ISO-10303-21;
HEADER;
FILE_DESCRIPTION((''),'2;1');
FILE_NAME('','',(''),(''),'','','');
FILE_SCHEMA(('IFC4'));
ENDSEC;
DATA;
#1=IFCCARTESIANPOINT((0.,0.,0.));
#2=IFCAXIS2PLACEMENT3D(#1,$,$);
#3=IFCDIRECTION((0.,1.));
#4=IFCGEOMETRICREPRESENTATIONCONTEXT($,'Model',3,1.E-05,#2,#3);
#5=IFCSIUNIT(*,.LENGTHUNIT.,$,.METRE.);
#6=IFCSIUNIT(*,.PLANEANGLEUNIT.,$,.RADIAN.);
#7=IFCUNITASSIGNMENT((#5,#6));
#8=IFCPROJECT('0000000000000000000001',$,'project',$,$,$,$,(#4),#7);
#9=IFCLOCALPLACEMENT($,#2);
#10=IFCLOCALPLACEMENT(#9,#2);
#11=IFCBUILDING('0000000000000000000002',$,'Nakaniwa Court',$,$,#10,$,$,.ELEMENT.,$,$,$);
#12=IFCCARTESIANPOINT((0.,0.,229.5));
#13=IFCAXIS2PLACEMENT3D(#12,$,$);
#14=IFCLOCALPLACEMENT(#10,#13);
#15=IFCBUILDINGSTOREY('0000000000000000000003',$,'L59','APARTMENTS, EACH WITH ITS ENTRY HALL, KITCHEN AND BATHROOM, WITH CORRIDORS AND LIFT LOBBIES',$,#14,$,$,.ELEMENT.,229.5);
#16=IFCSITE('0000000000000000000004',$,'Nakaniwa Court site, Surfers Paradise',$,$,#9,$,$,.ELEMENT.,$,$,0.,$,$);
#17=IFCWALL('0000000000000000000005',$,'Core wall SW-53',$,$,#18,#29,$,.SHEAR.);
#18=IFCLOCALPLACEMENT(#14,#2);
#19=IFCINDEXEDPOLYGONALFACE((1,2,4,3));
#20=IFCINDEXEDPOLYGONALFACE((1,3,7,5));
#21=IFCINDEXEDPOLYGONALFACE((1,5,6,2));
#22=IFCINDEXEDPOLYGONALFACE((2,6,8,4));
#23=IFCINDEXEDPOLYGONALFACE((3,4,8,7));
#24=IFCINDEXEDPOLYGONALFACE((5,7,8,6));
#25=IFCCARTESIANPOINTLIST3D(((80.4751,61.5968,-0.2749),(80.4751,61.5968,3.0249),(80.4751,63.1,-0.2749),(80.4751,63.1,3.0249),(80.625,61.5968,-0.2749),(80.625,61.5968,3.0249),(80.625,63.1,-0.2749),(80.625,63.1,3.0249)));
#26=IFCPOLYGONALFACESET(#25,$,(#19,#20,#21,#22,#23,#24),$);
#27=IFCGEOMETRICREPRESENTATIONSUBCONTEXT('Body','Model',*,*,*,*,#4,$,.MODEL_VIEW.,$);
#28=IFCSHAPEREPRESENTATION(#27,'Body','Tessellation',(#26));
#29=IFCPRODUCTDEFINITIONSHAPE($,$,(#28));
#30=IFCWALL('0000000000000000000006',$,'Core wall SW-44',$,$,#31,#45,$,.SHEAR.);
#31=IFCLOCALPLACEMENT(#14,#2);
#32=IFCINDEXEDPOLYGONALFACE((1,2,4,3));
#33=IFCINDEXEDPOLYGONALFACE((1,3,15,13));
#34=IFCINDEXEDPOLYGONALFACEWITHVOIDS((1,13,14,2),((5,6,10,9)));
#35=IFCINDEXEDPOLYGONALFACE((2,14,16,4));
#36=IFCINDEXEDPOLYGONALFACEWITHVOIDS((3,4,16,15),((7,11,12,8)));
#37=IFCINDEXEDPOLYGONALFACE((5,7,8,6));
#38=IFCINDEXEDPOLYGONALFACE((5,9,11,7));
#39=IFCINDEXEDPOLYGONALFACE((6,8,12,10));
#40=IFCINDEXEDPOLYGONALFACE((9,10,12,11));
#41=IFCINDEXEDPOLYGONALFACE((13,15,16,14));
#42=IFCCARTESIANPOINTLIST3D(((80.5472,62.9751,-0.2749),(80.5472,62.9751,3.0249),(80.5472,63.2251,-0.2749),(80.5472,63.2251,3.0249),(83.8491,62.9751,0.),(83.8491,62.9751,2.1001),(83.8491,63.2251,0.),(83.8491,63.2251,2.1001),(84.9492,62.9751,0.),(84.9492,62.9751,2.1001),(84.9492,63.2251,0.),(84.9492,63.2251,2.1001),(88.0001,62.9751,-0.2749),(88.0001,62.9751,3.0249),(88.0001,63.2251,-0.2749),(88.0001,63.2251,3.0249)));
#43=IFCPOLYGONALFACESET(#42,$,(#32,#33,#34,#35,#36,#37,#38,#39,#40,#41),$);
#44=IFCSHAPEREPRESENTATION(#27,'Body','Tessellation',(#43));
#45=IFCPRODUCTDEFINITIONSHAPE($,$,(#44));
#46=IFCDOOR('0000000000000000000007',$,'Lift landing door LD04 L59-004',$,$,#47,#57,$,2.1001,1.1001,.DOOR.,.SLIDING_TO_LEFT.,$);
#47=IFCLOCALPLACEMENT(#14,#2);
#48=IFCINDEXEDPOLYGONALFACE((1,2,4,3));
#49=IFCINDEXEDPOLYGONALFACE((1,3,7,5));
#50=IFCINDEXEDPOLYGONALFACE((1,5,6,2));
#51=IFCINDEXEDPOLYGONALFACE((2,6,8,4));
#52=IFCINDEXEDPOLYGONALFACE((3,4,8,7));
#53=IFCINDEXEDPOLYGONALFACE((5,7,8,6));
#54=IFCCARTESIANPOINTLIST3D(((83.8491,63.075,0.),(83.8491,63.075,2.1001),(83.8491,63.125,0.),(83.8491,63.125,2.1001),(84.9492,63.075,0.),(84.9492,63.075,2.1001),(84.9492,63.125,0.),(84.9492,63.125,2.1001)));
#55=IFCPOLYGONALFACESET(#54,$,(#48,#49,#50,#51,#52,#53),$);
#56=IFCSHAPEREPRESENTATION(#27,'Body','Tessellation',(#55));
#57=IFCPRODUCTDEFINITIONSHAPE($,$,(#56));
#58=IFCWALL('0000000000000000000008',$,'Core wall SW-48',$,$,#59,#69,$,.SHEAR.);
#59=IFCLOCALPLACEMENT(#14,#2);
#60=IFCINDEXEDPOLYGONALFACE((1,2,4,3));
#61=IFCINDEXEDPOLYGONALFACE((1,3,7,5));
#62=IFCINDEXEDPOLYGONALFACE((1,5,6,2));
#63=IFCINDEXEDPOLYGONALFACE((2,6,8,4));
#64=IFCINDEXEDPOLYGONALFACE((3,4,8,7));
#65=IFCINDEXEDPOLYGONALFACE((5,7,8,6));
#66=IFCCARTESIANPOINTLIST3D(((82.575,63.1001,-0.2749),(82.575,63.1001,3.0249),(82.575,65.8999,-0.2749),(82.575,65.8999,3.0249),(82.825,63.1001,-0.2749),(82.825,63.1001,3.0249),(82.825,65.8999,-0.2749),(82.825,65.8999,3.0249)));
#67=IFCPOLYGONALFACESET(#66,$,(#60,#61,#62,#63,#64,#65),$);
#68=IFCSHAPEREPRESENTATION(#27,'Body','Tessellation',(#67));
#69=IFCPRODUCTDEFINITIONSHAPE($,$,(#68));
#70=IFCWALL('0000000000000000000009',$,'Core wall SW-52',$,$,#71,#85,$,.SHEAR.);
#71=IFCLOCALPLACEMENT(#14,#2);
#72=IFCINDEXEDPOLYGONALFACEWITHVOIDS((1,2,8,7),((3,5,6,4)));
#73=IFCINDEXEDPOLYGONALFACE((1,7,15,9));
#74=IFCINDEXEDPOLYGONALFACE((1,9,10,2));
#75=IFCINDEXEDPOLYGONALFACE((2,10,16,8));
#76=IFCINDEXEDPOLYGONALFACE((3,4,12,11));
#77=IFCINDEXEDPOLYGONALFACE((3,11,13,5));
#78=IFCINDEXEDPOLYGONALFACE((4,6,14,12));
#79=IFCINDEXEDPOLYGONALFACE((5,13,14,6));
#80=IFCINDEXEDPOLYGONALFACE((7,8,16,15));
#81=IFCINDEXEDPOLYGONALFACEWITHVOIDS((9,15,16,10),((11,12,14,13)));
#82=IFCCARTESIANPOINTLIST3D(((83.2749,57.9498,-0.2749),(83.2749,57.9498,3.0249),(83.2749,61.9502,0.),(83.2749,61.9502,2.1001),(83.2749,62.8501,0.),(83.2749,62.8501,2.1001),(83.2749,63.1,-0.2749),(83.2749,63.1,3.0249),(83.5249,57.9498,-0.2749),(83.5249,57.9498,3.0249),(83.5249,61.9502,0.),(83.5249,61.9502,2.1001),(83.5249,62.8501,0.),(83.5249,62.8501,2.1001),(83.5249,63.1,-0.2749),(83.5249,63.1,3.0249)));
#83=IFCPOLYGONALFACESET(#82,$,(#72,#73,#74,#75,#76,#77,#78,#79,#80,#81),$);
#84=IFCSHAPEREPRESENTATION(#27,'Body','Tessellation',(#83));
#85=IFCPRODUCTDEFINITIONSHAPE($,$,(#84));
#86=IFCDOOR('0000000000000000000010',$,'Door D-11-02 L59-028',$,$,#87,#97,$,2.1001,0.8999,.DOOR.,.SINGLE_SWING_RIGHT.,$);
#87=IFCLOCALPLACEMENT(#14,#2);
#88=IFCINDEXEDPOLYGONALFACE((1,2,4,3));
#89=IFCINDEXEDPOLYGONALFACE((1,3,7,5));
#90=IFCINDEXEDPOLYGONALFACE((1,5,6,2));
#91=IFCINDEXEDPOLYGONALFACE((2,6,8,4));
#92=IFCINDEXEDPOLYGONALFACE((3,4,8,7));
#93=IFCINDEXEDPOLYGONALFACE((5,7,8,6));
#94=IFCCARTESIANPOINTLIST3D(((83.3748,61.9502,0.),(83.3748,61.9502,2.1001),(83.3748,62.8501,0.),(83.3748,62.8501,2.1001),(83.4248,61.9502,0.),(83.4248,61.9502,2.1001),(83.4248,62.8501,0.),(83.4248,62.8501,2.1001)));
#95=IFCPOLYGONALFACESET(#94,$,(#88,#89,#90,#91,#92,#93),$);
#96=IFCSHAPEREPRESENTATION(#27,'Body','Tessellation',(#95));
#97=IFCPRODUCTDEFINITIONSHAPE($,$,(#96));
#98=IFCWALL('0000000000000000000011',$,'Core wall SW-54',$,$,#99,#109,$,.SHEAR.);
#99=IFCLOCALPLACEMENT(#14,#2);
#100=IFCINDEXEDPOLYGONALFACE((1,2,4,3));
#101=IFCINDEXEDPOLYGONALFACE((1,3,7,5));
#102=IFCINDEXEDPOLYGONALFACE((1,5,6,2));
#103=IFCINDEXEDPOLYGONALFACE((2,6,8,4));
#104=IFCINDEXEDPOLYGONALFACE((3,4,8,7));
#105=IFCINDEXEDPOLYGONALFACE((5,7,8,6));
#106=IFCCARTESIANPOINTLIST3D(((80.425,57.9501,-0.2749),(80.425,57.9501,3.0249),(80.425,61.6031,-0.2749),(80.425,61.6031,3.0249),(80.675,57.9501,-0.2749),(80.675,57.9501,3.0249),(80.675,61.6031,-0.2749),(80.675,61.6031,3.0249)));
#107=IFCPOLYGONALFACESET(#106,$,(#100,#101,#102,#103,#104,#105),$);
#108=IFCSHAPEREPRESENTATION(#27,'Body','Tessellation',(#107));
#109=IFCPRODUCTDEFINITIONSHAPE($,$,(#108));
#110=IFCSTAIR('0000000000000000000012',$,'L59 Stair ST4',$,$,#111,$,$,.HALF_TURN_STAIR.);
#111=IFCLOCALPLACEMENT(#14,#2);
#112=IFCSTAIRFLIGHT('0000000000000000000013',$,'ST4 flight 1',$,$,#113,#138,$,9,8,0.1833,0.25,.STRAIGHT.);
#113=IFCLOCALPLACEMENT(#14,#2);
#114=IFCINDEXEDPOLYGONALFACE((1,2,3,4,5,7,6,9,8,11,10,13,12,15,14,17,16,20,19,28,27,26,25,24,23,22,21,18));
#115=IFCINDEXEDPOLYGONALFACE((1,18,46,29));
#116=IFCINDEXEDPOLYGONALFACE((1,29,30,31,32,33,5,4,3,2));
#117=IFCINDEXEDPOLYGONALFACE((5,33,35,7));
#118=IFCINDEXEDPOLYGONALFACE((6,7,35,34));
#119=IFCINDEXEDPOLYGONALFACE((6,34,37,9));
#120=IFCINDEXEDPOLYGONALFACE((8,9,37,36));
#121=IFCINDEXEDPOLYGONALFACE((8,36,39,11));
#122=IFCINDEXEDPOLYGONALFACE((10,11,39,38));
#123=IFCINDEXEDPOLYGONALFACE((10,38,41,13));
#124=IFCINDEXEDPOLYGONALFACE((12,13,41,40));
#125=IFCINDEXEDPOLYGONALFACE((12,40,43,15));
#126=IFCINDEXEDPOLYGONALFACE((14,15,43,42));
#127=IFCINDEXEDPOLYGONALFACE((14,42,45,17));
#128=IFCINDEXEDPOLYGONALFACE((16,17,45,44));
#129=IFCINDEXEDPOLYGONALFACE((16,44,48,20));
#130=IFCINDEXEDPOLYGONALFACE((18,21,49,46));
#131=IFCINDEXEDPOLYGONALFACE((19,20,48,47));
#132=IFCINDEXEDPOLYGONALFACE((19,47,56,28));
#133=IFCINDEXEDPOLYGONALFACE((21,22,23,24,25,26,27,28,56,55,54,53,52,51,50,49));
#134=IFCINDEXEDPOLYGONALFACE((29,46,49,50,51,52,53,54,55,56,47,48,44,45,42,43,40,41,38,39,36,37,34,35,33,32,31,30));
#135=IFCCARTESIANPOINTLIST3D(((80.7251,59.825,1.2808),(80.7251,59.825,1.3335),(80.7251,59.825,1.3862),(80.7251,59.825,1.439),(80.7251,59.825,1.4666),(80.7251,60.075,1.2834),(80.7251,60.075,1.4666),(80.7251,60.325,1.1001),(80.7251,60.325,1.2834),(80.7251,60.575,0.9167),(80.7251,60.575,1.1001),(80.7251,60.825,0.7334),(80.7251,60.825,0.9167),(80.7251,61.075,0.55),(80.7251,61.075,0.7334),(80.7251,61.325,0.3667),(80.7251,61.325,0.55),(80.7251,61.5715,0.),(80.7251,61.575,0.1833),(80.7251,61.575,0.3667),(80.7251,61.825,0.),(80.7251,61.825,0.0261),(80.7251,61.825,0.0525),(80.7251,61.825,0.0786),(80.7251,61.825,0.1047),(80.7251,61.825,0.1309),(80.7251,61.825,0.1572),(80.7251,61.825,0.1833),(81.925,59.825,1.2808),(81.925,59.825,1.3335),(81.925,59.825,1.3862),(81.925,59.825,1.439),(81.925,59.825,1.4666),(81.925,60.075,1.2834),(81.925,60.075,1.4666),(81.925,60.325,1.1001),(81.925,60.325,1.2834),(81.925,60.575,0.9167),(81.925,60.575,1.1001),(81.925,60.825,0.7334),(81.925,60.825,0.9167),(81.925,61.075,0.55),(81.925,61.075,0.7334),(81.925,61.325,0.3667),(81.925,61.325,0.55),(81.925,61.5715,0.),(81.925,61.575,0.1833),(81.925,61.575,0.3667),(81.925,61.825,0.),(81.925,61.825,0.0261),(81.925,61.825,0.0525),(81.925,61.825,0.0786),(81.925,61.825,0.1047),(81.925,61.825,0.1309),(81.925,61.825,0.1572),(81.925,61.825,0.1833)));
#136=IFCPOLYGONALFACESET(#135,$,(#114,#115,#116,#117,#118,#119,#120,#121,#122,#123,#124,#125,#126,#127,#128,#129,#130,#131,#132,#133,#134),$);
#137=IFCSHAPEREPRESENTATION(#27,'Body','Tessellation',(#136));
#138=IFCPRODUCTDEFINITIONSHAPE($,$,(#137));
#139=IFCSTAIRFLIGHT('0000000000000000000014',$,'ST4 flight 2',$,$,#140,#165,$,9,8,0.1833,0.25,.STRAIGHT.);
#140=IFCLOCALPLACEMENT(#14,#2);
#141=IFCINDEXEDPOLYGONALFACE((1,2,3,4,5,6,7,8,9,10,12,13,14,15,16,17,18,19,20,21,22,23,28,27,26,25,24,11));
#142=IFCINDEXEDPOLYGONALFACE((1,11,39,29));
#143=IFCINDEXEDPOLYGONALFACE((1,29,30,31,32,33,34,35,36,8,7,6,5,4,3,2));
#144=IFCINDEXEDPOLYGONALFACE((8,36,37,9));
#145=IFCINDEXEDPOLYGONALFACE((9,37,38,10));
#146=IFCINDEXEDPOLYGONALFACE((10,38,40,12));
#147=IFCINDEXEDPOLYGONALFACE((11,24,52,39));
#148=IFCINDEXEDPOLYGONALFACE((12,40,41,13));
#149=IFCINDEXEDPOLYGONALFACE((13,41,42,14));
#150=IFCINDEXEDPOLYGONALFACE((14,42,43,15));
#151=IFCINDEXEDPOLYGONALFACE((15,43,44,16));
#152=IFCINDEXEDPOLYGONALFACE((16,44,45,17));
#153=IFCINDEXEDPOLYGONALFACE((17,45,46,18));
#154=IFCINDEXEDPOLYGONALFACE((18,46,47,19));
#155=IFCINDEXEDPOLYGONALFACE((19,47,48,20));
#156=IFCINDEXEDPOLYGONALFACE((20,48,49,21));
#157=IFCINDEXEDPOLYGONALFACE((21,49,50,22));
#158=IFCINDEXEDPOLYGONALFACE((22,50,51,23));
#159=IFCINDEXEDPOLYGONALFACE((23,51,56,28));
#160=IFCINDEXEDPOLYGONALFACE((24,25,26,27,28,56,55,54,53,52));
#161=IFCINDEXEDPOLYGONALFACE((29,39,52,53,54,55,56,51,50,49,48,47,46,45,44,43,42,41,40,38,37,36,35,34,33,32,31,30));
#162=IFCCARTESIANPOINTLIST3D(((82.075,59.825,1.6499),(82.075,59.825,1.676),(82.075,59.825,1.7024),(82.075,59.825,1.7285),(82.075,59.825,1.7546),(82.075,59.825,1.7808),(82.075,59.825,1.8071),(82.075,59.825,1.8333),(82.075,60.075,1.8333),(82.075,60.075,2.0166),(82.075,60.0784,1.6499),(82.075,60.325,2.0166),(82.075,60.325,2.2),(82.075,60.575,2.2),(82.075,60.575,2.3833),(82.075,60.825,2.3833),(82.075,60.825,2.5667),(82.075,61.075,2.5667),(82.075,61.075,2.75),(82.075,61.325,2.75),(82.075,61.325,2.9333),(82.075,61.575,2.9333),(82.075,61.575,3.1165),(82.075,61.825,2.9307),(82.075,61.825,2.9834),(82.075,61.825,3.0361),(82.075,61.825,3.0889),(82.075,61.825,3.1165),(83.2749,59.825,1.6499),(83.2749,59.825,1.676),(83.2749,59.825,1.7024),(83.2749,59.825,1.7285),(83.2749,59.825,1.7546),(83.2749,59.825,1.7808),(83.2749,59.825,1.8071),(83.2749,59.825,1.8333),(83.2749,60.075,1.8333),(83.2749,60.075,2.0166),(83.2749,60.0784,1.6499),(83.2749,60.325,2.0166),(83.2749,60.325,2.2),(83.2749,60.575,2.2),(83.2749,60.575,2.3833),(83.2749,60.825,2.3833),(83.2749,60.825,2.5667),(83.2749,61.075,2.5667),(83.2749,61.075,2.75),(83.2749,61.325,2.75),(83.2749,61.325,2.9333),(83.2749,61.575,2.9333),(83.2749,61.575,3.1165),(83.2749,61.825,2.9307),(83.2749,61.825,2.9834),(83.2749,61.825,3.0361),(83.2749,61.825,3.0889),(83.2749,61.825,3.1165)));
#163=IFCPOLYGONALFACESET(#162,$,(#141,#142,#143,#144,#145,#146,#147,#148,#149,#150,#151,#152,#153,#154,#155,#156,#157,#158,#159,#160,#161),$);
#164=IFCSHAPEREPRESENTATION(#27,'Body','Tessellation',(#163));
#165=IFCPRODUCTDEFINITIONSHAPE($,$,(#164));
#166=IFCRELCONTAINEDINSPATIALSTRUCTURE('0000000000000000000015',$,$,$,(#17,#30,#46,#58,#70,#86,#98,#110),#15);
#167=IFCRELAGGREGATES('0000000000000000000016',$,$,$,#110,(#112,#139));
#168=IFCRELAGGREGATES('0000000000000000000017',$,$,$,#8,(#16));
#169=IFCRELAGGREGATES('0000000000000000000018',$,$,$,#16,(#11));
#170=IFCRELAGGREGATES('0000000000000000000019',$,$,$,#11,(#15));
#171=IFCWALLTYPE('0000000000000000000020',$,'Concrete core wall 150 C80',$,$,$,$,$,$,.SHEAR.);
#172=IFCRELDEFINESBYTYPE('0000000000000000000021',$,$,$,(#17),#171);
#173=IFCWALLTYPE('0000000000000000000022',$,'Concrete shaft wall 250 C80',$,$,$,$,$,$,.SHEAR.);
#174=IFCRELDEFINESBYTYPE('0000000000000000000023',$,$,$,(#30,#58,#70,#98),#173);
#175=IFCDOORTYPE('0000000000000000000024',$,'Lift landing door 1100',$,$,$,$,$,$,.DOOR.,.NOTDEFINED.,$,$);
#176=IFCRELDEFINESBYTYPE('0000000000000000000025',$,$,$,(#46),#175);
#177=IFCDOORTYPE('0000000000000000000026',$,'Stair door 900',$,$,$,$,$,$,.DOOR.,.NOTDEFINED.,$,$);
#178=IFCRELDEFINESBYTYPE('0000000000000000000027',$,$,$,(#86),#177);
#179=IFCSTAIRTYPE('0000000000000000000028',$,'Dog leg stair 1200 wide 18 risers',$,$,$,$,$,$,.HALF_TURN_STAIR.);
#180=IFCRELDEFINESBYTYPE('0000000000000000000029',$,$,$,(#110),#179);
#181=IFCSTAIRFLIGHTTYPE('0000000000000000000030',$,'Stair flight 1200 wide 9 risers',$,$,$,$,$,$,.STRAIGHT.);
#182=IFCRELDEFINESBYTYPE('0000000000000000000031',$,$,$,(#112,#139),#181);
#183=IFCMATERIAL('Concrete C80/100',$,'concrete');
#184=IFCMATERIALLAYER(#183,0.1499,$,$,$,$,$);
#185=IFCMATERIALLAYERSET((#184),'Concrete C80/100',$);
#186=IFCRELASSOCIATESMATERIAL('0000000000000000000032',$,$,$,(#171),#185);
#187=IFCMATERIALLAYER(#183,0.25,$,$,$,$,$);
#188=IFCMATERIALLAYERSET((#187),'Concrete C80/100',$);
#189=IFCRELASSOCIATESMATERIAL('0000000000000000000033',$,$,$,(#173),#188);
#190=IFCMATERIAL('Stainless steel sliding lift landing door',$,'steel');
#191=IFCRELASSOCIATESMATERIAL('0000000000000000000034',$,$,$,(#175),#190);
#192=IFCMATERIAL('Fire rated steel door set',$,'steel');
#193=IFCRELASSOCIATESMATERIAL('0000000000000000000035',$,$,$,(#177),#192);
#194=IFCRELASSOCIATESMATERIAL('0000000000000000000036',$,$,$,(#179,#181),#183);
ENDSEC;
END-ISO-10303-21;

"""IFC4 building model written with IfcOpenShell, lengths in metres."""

from ifc_helpers import new_model, si_unit, direction, frame, frame_2d, origin, place, context, subcontext, project, spatial, polyline, rectangle, outline, extrude, material, layer, layer_set, type_object, element, fill, aggregate, save


model = new_model("IFC4")

# Units and contexts
model_context = context("Model", 3, precision=1e-05, world=origin(), true_north=direction((0.0, 1.0)))
body_context = subcontext(model_context, "Body", "Model", "MODEL_VIEW")
ifc_project = project(units=[si_unit("LENGTHUNIT", "METRE"), si_unit("PLANEANGLEUNIT", "RADIAN")], contexts=[model_context])

# Site, building, storey
site_placement = place(None, origin())
site = spatial("IfcSite", under=ifc_project, at=site_placement, Name="Nakaniwa Court site, Surfers Paradise", CompositionType="ELEMENT", RefElevation=0.0)
building_placement = place(site_placement, origin())
building = spatial("IfcBuilding", under=site, at=building_placement, Name="Nakaniwa Court", CompositionType="ELEMENT")
storey_placement = place(building_placement, frame((0.0, 0.0, 229.5)))
storey = spatial("IfcBuildingStorey", under=building, at=storey_placement, Name="L59", Description="APARTMENTS, EACH WITH ITS ENTRY HALL, KITCHEN AND BATHROOM, WITH CORRIDORS AND LIFT LOBBIES", CompositionType="ELEMENT", Elevation=229.5)

# Shared definitions
ifc_material_1 = material(Name="Concrete C80/100", Category="concrete")

# Shared definitions
ifc_material_2 = material(Name="Fire rated steel door set", Category="steel")

# Wall
ifc_layer_1 = layer(ifc_material_1, 0.1499)
ifc_layer_set_1 = layer_set([ifc_layer_1], Name="Concrete C80/100")
wall_type_1 = type_object("IfcWallType", Name="Concrete core wall 150 C80", PredefinedType="SHEAR", material=ifc_layer_set_1)
wall_1_placement = place(storey_placement, frame((80.55, 61.5969, -0.2749), z_axis=(0.0, 0.0, 1.0), x_axis=(0.0, 1.0, 0.0)))
element("IfcWall", 1, at=wall_1_placement, inside=storey, type_object=wall_type_1, Name="Core wall SW-53", PredefinedType="SHEAR", context=body_context, shape_type="SweptSolid", body=[
    extrude(rectangle(XDim=1.5032, YDim=0.1499, at=frame_2d((0.7515, 0.0))), origin(), (0.0, 0.0, 1.0), 3.2998),
])

# Wall, opening, door
ifc_layer_2 = layer(ifc_material_1, 0.25)
ifc_layer_set_2 = layer_set([ifc_layer_2], Name="Concrete C80/100")
wall_type_2 = type_object("IfcWallType", Name="Concrete shaft wall 250 C80", PredefinedType="SHEAR", material=ifc_layer_set_2)
wall_2_placement = place(storey_placement, frame((80.5471, 63.1001, -0.2749), z_axis=(0.0, 0.0, 1.0), x_axis=(1.0, 0.0, 0.0)))
wall_2 = element("IfcWall", 2, at=wall_2_placement, inside=storey, type_object=wall_type_2, Name="Core wall SW-44", PredefinedType="SHEAR", context=body_context, shape_type="SweptSolid", body=[
    extrude(rectangle(XDim=7.4529, YDim=0.25, at=frame_2d((3.7266, 0.0))), origin(), (0.0, 0.0, 1.0), 3.2998),
])
opening_1_placement = place(wall_2_placement, frame((3.302, 0.0, 0.2749)))
opening_1 = element("IfcOpeningElement", 3, at=opening_1_placement, cuts=wall_2, PredefinedType="OPENING", context=body_context, shape_type="SweptSolid", body=[
    extrude(rectangle(XDim=1.1001, YDim=2.1001, at=frame_2d((0.55, 1.05))), frame((0.0, 0.135, 0.0), z_axis=(0.0, -1.0, 0.0), x_axis=(1.0, 0.0, 0.0)), (0.0, 0.0, 1.0), 0.27),
])
ifc_material_3 = material(Name="Stainless steel sliding lift landing door", Category="steel")
door_type_1 = type_object("IfcDoorType", Name="Lift landing door 1100", OperationType="NOTDEFINED", PredefinedType="DOOR", material=ifc_material_3)
door_1_placement = place(opening_1_placement, origin())
door_1 = element("IfcDoor", 4, at=door_1_placement, inside=storey, type_object=door_type_1, Name="Lift landing door LD04 L59-004", OperationType="SLIDING_TO_LEFT", OverallHeight=2.1001, OverallWidth=1.1001, PredefinedType="DOOR", context=body_context, shape_type="SweptSolid", body=[
    extrude(rectangle(XDim=1.1001, YDim=2.1001, at=frame_2d((0.55, 1.05))), frame((0.0, 0.0249, 0.0), z_axis=(0.0, -1.0, 0.0), x_axis=(1.0, 0.0, 0.0)), (0.0, 0.0, 1.0), 0.05),
])
fill(opening_1, door_1)

# Wall
wall_3_placement = place(storey_placement, frame((82.7, 63.1001, -0.2749), z_axis=(0.0, 0.0, 1.0), x_axis=(0.0, 1.0, 0.0)))
element("IfcWall", 5, at=wall_3_placement, inside=storey, type_object=wall_type_2, Name="Core wall SW-48", PredefinedType="SHEAR", context=body_context, shape_type="SweptSolid", body=[
    extrude(rectangle(XDim=2.7998, YDim=0.25, at=frame_2d((1.3999, 0.0))), origin(), (0.0, 0.0, 1.0), 3.2998),
])

# Wall, opening, door
wall_4_placement = place(storey_placement, frame((83.3999, 63.1001, -0.2749), z_axis=(0.0, 0.0, 1.0), x_axis=(0.0, -1.0, 0.0)))
wall_4 = element("IfcWall", 6, at=wall_4_placement, inside=storey, type_object=wall_type_2, Name="Core wall SW-52", PredefinedType="SHEAR", context=body_context, shape_type="SweptSolid", body=[
    extrude(rectangle(XDim=5.1501, YDim=0.25, at=frame_2d((2.5752, 0.0))), origin(), (0.0, 0.0, 1.0), 3.2998),
])
opening_2_placement = place(wall_4_placement, frame((0.25, 0.0, 0.2749)))
opening_2 = element("IfcOpeningElement", 7, at=opening_2_placement, cuts=wall_4, PredefinedType="OPENING", context=body_context, shape_type="SweptSolid", body=[
    extrude(rectangle(XDim=0.8999, YDim=2.1001, at=frame_2d((0.45, 1.05))), frame((0.0, 0.135, 0.0), z_axis=(0.0, -1.0, 0.0), x_axis=(1.0, 0.0, 0.0)), (0.0, 0.0, 1.0), 0.27),
])
door_type_2 = type_object("IfcDoorType", Name="Stair door 900", OperationType="NOTDEFINED", PredefinedType="DOOR", material=ifc_material_2)
door_2_placement = place(opening_2_placement, origin())
door_2 = element("IfcDoor", 8, at=door_2_placement, inside=storey, type_object=door_type_2, Name="Door D-11-02 L59-028", OperationType="SINGLE_SWING_RIGHT", OverallHeight=2.1001, OverallWidth=0.8999, PredefinedType="DOOR", context=body_context, shape_type="SweptSolid", body=[
    extrude(rectangle(XDim=0.8999, YDim=2.1001, at=frame_2d((0.45, 1.05))), frame((0.0, 0.0249, 0.0), z_axis=(0.0, -1.0, 0.0), x_axis=(1.0, 0.0, 0.0)), (0.0, 0.0, 1.0), 0.05),
])
fill(opening_2, door_2)

# Wall
wall_5_placement = place(storey_placement, frame((80.55, 57.95, -0.2749), z_axis=(0.0, 0.0, 1.0), x_axis=(0.0, 1.0, 0.0)))
element("IfcWall", 9, at=wall_5_placement, inside=storey, type_object=wall_type_2, Name="Core wall SW-54", PredefinedType="SHEAR", context=body_context, shape_type="SweptSolid", body=[
    extrude(rectangle(XDim=3.6531, YDim=0.25, at=frame_2d((1.8267, 0.0))), origin(), (0.0, 0.0, 1.0), 3.2998),
])

# Stair, stair flights
stair_type = type_object("IfcStairType", Name="Dog leg stair 1200 wide 18 risers", PredefinedType="HALF_TURN_STAIR", material=ifc_material_1)
stair_placement = place(storey_placement, origin())
stair = element("IfcStair", 10, at=stair_placement, inside=storey, type_object=stair_type, Name="L59 Stair ST4", PredefinedType="HALF_TURN_STAIR")
stair_flight_type = type_object("IfcStairFlightType", Name="Stair flight 1200 wide 9 risers", PredefinedType="STRAIGHT", material=ifc_material_1)
stair_flight_1_placement = place(storey_placement, frame((81.325, 61.825, 0.0), z_axis=(0.0, 0.0, 1.0), x_axis=(0.0, -1.0, 0.0)))
stair_flight_1 = element("IfcStairFlight", 11, at=stair_flight_1_placement, type_object=stair_flight_type, Name="ST4 flight 1", NumberOfRisers=9, NumberOfTreads=8, PredefinedType="STRAIGHT", RiserHeight=0.1833, TreadLength=0.25, context=body_context, shape_type="SweptSolid", body=[
    extrude(outline(polyline([(0.0, 0.0), (0.0, 0.0261), (0.0, 0.0525), (0.0, 0.0786), (0.0, 0.1047), (0.0, 0.1309), (0.0, 0.1572), (0.0, 0.1833), (0.25, 0.1833), (0.25, 0.3667), (0.5, 0.3667), (0.5, 0.55), (0.75, 0.55), (0.75, 0.7334), (1.0, 0.7334), (1.0, 0.9167), (1.25, 0.9167), (1.25, 1.1001), (1.5, 1.1001), (1.5, 1.2834), (1.75, 1.2834), (1.75, 1.4666), (2.0, 1.4666), (2.0, 1.6499), (2.0, 1.5972), (2.0, 1.5444), (2.0, 1.4917), (2.0, 1.439), (2.0, 1.3862), (2.0, 1.3335), (2.0, 1.2808), (0.2534, 0.0), (0.0, 0.0)])), frame((0.0, 0.6001, 0.0), z_axis=(0.0, -1.0, 0.0), x_axis=(1.0, 0.0, 0.0)), (0.0, 0.0, 1.0), 1.2),
])
stair_flight_2_placement = place(storey_placement, frame((82.675, 59.825, 1.6499), z_axis=(0.0, 0.0, 1.0), x_axis=(0.0, 1.0, 0.0)))
stair_flight_2 = element("IfcStairFlight", 12, at=stair_flight_2_placement, type_object=stair_flight_type, Name="ST4 flight 2", NumberOfRisers=9, NumberOfTreads=8, PredefinedType="STRAIGHT", RiserHeight=0.1833, TreadLength=0.25, context=body_context, shape_type="SweptSolid", body=[
    extrude(outline(polyline([(0.0, 0.0), (0.0, 0.0261), (0.0, 0.0525), (0.0, 0.0786), (0.0, 0.1047), (0.0, 0.1309), (0.0, 0.1572), (0.0, 0.1833), (0.25, 0.1833), (0.25, 0.3667), (0.5, 0.3667), (0.5, 0.55), (0.75, 0.55), (0.75, 0.7334), (1.0, 0.7334), (1.0, 0.9167), (1.25, 0.9167), (1.25, 1.1001), (1.5, 1.1001), (1.5, 1.2834), (1.75, 1.2834), (1.75, 1.4666), (2.0, 1.4666), (2.0, 1.6499), (2.0, 1.5972), (2.0, 1.5444), (2.0, 1.4917), (2.0, 1.439), (2.0, 1.3862), (2.0, 1.3335), (2.0, 1.2808), (0.2534, 0.0), (0.0, 0.0)])), frame((0.0, 0.6001, 0.0), z_axis=(0.0, -1.0, 0.0), x_axis=(1.0, 0.0, 0.0)), (0.0, 0.0, 1.0), 1.2),
])
aggregate(stair, [stair_flight_1, stair_flight_2])

save(model, "model.ifc")
